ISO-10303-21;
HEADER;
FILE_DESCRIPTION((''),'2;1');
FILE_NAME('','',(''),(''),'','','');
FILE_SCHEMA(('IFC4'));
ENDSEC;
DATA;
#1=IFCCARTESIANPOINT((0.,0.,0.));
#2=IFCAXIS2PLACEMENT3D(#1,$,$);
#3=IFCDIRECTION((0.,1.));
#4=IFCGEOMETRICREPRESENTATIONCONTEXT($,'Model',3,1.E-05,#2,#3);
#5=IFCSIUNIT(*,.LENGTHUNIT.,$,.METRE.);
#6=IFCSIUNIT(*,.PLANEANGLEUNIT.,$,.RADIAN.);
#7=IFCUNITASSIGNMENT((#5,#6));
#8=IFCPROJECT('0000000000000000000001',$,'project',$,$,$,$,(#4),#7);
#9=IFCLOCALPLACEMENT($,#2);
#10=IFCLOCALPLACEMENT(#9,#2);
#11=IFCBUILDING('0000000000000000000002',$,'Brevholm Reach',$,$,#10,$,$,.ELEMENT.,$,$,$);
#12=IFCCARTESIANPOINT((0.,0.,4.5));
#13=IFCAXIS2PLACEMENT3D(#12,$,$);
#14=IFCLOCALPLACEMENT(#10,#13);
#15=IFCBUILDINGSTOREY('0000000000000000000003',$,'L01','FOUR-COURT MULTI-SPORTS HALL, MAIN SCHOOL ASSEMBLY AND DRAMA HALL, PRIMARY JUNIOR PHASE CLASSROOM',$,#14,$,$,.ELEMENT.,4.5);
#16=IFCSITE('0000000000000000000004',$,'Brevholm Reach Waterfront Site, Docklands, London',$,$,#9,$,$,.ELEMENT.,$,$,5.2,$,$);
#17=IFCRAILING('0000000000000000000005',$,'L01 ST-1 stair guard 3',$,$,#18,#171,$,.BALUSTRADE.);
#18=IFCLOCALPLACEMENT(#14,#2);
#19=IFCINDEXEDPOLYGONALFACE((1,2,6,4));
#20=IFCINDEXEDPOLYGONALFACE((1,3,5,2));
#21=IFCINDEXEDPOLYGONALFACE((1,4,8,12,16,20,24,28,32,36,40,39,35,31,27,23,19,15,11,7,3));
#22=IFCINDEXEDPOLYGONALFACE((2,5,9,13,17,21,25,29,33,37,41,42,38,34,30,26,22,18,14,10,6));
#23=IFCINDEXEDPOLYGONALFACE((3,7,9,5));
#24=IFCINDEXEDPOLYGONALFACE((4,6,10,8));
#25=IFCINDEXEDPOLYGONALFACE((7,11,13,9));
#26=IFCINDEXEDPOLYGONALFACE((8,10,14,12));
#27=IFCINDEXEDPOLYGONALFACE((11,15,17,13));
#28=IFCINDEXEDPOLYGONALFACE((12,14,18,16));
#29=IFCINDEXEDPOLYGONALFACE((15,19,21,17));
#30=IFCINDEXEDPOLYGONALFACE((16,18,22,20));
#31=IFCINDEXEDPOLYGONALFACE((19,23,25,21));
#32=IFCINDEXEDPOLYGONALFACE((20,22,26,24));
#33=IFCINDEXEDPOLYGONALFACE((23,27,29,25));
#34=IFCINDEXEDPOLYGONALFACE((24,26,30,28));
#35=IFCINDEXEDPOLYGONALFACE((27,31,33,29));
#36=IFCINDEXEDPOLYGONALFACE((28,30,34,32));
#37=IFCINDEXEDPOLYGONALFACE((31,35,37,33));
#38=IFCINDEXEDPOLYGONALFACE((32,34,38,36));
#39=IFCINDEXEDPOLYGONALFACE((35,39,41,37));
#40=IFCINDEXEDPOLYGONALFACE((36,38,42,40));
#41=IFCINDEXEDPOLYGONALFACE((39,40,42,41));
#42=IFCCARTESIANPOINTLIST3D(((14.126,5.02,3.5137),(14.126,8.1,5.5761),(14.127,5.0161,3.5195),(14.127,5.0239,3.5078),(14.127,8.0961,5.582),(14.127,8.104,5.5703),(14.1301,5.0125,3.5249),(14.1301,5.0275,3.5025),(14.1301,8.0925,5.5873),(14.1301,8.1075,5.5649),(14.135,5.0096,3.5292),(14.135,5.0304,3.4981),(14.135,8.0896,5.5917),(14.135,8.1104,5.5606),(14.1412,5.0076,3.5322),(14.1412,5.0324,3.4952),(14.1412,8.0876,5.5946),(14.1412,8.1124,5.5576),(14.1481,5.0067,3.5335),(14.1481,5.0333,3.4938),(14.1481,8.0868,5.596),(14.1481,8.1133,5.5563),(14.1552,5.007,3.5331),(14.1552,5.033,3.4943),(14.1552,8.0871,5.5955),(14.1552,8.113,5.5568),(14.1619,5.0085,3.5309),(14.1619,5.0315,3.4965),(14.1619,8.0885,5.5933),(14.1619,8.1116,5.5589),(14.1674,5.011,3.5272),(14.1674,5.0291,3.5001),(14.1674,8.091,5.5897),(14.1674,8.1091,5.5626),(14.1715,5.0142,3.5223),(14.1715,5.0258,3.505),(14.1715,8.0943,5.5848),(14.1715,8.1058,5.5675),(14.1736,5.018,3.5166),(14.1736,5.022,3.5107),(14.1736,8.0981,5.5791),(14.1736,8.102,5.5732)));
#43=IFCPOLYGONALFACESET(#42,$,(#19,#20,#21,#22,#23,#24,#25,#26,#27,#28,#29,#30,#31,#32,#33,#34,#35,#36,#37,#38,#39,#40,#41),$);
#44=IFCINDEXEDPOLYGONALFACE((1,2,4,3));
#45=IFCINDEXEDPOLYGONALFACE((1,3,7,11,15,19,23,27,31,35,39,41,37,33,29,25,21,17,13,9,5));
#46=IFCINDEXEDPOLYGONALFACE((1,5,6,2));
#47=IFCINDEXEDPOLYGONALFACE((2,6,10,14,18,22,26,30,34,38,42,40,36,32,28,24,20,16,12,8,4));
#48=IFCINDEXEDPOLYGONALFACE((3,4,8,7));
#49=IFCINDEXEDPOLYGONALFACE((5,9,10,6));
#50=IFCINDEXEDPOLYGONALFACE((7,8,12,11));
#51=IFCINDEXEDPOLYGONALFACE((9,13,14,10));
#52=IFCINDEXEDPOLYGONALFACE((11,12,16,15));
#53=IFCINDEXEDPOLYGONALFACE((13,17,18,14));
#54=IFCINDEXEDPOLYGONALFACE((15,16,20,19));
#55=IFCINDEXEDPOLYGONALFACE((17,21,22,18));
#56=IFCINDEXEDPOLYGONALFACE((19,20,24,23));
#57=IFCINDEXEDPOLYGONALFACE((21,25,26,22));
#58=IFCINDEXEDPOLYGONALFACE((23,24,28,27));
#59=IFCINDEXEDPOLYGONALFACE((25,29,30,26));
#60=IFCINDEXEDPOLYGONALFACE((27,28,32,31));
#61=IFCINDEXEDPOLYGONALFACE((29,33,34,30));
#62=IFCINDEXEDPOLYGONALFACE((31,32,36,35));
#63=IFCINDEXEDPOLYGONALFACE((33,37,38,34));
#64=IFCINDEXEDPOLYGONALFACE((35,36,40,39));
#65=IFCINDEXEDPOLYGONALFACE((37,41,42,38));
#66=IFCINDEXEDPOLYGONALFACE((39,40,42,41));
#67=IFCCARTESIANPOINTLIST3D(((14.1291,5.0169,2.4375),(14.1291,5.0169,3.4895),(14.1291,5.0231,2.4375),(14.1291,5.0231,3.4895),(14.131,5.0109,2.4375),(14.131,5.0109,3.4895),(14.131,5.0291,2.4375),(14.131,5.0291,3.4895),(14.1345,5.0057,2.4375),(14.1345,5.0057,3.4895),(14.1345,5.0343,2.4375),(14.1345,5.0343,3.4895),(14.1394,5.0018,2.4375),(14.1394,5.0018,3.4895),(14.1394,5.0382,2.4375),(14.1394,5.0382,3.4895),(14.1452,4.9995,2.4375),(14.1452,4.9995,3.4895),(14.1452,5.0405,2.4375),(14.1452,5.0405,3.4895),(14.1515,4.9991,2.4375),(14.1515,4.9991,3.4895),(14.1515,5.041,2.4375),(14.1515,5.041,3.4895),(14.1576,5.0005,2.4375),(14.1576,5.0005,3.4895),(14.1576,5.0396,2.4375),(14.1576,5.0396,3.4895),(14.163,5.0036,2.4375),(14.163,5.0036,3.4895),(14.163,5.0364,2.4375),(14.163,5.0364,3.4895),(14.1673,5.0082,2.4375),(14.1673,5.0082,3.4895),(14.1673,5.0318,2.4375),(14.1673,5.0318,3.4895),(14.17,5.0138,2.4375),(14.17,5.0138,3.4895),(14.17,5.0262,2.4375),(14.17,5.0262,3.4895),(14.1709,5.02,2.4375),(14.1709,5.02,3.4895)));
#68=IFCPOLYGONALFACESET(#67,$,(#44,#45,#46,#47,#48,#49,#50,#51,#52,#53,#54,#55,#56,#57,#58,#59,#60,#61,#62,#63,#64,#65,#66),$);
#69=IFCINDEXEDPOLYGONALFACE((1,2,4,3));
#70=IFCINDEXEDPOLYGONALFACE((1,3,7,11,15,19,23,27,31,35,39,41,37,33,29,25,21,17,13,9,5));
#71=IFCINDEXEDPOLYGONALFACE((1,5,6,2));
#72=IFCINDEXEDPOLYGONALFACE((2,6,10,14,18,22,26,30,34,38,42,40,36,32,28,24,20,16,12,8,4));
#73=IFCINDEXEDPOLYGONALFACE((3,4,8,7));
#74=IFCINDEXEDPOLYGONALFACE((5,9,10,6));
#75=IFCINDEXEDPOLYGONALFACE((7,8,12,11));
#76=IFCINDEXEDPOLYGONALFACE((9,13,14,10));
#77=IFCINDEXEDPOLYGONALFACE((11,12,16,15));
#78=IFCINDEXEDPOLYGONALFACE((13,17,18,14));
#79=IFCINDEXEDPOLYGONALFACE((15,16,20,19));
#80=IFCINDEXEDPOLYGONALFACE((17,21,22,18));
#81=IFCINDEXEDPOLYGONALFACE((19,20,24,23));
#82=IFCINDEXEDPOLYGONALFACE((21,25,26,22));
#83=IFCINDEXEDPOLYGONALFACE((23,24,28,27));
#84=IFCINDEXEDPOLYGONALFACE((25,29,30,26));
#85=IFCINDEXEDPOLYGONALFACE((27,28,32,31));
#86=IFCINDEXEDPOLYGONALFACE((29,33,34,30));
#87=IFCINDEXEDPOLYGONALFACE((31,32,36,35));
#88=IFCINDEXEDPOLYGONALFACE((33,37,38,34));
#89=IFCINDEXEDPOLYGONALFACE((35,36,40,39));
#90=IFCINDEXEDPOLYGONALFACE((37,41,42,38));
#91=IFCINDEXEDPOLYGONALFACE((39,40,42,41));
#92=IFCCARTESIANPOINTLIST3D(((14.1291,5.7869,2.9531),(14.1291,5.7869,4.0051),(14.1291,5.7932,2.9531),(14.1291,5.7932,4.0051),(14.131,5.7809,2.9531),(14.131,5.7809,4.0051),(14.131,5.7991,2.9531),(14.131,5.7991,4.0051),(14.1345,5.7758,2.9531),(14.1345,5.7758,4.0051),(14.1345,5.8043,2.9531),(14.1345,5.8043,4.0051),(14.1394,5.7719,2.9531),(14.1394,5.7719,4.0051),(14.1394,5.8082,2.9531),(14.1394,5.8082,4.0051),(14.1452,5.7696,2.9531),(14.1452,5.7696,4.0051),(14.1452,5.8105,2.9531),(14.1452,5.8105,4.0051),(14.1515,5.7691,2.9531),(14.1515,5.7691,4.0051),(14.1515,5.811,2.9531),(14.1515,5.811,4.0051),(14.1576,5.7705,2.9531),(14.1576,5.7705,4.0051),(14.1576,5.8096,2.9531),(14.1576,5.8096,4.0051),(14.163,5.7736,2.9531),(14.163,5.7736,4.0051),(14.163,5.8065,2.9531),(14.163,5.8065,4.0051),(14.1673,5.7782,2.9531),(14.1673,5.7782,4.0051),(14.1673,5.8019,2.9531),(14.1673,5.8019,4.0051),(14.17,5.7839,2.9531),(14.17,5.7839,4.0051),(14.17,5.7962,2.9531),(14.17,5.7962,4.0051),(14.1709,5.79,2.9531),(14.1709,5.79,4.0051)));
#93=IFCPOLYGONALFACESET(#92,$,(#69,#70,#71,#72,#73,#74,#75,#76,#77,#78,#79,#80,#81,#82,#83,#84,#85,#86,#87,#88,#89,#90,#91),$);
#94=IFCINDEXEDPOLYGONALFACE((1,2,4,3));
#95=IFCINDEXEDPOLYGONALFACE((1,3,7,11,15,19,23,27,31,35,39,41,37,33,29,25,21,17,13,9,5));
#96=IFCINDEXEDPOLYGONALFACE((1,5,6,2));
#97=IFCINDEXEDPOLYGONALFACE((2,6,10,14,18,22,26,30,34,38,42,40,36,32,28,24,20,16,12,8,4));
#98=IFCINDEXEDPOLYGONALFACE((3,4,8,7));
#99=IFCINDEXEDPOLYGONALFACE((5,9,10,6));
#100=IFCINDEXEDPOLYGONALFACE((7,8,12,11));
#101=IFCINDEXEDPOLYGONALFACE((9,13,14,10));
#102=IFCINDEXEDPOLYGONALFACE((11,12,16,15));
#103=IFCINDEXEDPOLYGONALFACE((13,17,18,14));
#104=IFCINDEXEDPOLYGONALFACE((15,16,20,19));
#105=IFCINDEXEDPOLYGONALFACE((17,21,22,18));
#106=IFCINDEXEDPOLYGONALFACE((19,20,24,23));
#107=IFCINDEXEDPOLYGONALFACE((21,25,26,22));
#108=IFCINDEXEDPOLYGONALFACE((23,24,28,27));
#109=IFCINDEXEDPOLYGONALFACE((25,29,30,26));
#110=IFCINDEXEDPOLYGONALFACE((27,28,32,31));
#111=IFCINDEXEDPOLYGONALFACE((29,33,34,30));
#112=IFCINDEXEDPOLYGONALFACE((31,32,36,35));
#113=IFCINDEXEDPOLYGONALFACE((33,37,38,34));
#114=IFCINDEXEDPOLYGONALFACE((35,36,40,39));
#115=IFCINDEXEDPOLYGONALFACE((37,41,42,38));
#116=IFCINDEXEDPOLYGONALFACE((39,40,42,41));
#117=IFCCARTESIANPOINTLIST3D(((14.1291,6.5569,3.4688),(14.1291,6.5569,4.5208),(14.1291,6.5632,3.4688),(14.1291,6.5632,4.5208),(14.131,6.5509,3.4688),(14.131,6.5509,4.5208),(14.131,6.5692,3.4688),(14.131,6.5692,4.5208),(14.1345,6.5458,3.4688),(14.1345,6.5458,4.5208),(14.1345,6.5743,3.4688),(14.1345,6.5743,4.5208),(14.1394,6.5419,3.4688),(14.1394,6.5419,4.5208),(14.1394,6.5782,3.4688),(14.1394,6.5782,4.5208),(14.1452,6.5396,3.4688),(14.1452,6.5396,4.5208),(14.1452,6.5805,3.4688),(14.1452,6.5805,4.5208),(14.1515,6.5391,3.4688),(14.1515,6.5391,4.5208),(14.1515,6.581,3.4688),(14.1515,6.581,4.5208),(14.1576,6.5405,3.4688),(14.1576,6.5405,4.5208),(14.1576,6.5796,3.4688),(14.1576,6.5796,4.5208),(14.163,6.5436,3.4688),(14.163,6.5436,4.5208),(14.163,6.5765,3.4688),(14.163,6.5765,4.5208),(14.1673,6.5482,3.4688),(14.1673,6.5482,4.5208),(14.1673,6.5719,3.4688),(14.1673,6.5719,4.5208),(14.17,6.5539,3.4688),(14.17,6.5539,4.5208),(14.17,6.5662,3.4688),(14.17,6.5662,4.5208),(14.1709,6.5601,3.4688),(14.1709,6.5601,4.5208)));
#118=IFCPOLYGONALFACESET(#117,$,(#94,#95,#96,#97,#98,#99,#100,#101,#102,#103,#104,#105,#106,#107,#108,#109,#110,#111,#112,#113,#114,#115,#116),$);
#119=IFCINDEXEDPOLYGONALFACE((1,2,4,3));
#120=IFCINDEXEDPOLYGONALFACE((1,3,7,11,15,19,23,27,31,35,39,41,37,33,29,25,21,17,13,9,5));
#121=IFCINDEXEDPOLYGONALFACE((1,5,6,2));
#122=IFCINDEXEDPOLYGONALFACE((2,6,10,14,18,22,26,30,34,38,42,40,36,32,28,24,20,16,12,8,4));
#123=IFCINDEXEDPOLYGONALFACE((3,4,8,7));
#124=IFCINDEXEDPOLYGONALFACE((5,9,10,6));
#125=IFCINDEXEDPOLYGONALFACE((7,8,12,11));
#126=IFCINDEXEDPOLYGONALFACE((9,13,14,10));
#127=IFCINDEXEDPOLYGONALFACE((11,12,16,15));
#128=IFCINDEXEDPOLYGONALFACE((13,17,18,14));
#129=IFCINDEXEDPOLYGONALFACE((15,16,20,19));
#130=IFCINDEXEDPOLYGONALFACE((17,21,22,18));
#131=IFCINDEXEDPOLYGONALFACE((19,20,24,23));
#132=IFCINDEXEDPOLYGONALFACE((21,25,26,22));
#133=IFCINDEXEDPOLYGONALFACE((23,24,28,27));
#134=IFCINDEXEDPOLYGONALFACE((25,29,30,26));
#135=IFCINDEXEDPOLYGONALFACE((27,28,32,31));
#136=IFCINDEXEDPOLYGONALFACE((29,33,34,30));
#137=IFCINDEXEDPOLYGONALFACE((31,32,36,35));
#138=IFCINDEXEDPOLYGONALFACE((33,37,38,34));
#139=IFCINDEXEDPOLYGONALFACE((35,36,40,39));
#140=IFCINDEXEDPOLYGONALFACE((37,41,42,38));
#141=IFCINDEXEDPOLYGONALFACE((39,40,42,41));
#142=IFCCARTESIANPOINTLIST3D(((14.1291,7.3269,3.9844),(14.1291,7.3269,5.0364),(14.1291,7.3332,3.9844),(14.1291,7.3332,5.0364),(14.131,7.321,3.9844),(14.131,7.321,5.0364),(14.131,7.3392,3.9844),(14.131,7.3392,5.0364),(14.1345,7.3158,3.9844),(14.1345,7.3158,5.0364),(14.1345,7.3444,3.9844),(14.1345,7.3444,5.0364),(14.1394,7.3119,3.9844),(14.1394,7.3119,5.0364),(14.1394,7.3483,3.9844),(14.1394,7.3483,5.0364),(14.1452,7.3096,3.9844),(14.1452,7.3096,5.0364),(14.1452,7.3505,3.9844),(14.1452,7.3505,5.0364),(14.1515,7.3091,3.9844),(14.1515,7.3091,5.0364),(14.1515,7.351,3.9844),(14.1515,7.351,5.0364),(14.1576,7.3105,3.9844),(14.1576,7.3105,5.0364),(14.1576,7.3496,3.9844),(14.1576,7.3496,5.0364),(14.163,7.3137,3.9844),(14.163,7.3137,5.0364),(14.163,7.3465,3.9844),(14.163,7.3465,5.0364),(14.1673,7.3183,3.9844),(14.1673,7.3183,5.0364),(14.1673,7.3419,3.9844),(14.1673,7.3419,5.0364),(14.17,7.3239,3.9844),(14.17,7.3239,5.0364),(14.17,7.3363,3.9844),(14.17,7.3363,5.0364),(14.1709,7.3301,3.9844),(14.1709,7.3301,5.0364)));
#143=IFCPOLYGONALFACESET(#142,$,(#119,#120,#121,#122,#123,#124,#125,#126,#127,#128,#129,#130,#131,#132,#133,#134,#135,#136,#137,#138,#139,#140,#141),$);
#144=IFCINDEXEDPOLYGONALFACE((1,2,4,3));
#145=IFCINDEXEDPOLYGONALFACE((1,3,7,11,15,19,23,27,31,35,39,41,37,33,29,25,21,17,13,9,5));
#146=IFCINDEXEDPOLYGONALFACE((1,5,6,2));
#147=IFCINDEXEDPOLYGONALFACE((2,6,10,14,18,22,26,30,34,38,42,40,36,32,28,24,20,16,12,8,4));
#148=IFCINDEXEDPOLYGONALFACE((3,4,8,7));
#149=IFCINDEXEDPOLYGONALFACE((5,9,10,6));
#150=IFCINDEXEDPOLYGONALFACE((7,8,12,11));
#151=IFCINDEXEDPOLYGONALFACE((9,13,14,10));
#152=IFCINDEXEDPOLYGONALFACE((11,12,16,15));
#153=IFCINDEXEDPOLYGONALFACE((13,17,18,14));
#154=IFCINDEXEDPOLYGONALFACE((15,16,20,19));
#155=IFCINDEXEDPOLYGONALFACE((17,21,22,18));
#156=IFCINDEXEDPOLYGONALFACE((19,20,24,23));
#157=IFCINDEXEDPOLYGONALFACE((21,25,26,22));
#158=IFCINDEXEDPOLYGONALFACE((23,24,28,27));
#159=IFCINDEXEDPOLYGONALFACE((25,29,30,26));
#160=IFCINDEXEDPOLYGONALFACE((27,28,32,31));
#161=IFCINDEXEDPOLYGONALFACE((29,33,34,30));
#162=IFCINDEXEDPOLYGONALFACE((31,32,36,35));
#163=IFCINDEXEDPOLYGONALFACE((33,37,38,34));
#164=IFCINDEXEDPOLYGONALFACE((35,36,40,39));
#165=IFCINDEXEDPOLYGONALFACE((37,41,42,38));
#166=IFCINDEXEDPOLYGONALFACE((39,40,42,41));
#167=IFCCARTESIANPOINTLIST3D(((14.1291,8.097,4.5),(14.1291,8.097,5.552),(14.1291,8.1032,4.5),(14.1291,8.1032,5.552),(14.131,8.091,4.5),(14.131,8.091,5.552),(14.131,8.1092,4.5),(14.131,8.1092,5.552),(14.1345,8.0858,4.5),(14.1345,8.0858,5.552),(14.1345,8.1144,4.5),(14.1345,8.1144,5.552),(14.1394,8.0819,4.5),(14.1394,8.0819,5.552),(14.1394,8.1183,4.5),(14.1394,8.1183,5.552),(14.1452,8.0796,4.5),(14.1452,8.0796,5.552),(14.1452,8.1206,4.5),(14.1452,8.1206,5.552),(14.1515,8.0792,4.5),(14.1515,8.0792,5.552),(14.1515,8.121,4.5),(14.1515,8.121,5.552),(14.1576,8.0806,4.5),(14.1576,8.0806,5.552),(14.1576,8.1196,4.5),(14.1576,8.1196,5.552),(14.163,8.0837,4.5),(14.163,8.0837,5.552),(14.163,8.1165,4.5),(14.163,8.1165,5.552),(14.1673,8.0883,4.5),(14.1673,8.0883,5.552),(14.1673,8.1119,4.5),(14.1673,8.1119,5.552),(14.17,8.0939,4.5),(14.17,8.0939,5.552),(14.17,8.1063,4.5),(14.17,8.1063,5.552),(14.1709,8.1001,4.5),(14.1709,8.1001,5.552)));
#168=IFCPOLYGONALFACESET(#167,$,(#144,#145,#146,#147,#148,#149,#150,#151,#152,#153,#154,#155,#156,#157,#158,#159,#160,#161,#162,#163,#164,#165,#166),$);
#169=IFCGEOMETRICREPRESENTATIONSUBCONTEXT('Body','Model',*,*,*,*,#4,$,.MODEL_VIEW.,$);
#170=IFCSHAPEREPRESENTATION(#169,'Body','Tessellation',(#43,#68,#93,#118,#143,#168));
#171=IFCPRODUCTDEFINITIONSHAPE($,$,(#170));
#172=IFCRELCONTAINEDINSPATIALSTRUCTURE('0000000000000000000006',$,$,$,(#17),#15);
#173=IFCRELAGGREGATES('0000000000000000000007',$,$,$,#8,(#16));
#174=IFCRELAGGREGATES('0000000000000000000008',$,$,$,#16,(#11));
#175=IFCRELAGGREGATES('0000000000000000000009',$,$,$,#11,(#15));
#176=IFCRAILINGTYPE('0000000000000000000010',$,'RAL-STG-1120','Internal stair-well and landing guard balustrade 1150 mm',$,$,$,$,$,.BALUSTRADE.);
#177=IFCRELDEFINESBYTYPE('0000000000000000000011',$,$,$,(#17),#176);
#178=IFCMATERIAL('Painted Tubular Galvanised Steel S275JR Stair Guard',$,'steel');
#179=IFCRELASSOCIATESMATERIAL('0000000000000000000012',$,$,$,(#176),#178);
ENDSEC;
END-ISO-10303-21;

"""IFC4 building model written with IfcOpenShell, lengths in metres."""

from ifc_helpers import new_model, si_unit, direction, frame, origin, origin_2d, place, context, subcontext, project, spatial, circle, extrude, material, type_object, element, save


model = new_model("IFC4")

# Units and contexts
model_context = context("Model", 3, precision=1e-05, world=origin(), true_north=direction((0.0, 1.0)))
body_context = subcontext(model_context, "Body", "Model", "MODEL_VIEW")
ifc_project = project(units=[si_unit("LENGTHUNIT", "METRE"), si_unit("PLANEANGLEUNIT", "RADIAN")], contexts=[model_context])

# Site, building, storey
site_placement = place(None, origin())
site = spatial("IfcSite", under=ifc_project, at=site_placement, Name="Brevholm Reach Waterfront Site, Docklands, London", CompositionType="ELEMENT", RefElevation=5.2)
building_placement = place(site_placement, origin())
building = spatial("IfcBuilding", under=site, at=building_placement, Name="Brevholm Reach", CompositionType="ELEMENT")
storey_placement = place(building_placement, frame((0.0, 0.0, 4.5)))
storey = spatial("IfcBuildingStorey", under=building, at=storey_placement, Name="L01", Description="FOUR-COURT MULTI-SPORTS HALL, MAIN SCHOOL ASSEMBLY AND DRAMA HALL, PRIMARY JUNIOR PHASE CLASSROOM", CompositionType="ELEMENT", Elevation=4.5)

# Railing
ifc_material_1 = material(Name="Painted Tubular Galvanised Steel S275JR Stair Guard", Category="steel")
railing_type_1 = type_object("IfcRailingType", Name="RAL-STG-1120", Description="Internal stair-well and landing guard balustrade 1150 mm", PredefinedType="BALUSTRADE", material=ifc_material_1)
railing_1_placement = place(storey_placement, frame((14.1499, 5.02, 2.4375)))
element("IfcRailing", 1, at=railing_1_placement, inside=storey, type_object=railing_type_1, Name="L01 ST-1 stair guard 3", PredefinedType="BALUSTRADE", context=body_context, shape_type="SweptSolid", body=[
    extrude(circle(Radius=0.0239, at=origin_2d()), frame((0.0, 0.0, 1.0762), z_axis=(0.0, 0.830914, 0.556401), x_axis=(-1.0, 0.0, 0.0)), (0.0, 0.0, 1.0), 3.7068),
    extrude(circle(Radius=0.021, at=origin_2d()), origin(), (0.0, 0.0, 1.0), 1.052),
    extrude(circle(Radius=0.021, at=origin_2d()), frame((0.0, 0.77, 0.5156)), (0.0, 0.0, 1.0), 1.052),
    extrude(circle(Radius=0.021, at=origin_2d()), frame((0.0, 1.54, 1.0312)), (0.0, 0.0, 1.0), 1.052),
    extrude(circle(Radius=0.021, at=origin_2d()), frame((0.0, 2.3101, 1.5469)), (0.0, 0.0, 1.0), 1.052),
    extrude(circle(Radius=0.021, at=origin_2d()), frame((0.0, 3.0801, 2.0625)), (0.0, 0.0, 1.0), 1.052),
])

save(model, "model.ifc")
